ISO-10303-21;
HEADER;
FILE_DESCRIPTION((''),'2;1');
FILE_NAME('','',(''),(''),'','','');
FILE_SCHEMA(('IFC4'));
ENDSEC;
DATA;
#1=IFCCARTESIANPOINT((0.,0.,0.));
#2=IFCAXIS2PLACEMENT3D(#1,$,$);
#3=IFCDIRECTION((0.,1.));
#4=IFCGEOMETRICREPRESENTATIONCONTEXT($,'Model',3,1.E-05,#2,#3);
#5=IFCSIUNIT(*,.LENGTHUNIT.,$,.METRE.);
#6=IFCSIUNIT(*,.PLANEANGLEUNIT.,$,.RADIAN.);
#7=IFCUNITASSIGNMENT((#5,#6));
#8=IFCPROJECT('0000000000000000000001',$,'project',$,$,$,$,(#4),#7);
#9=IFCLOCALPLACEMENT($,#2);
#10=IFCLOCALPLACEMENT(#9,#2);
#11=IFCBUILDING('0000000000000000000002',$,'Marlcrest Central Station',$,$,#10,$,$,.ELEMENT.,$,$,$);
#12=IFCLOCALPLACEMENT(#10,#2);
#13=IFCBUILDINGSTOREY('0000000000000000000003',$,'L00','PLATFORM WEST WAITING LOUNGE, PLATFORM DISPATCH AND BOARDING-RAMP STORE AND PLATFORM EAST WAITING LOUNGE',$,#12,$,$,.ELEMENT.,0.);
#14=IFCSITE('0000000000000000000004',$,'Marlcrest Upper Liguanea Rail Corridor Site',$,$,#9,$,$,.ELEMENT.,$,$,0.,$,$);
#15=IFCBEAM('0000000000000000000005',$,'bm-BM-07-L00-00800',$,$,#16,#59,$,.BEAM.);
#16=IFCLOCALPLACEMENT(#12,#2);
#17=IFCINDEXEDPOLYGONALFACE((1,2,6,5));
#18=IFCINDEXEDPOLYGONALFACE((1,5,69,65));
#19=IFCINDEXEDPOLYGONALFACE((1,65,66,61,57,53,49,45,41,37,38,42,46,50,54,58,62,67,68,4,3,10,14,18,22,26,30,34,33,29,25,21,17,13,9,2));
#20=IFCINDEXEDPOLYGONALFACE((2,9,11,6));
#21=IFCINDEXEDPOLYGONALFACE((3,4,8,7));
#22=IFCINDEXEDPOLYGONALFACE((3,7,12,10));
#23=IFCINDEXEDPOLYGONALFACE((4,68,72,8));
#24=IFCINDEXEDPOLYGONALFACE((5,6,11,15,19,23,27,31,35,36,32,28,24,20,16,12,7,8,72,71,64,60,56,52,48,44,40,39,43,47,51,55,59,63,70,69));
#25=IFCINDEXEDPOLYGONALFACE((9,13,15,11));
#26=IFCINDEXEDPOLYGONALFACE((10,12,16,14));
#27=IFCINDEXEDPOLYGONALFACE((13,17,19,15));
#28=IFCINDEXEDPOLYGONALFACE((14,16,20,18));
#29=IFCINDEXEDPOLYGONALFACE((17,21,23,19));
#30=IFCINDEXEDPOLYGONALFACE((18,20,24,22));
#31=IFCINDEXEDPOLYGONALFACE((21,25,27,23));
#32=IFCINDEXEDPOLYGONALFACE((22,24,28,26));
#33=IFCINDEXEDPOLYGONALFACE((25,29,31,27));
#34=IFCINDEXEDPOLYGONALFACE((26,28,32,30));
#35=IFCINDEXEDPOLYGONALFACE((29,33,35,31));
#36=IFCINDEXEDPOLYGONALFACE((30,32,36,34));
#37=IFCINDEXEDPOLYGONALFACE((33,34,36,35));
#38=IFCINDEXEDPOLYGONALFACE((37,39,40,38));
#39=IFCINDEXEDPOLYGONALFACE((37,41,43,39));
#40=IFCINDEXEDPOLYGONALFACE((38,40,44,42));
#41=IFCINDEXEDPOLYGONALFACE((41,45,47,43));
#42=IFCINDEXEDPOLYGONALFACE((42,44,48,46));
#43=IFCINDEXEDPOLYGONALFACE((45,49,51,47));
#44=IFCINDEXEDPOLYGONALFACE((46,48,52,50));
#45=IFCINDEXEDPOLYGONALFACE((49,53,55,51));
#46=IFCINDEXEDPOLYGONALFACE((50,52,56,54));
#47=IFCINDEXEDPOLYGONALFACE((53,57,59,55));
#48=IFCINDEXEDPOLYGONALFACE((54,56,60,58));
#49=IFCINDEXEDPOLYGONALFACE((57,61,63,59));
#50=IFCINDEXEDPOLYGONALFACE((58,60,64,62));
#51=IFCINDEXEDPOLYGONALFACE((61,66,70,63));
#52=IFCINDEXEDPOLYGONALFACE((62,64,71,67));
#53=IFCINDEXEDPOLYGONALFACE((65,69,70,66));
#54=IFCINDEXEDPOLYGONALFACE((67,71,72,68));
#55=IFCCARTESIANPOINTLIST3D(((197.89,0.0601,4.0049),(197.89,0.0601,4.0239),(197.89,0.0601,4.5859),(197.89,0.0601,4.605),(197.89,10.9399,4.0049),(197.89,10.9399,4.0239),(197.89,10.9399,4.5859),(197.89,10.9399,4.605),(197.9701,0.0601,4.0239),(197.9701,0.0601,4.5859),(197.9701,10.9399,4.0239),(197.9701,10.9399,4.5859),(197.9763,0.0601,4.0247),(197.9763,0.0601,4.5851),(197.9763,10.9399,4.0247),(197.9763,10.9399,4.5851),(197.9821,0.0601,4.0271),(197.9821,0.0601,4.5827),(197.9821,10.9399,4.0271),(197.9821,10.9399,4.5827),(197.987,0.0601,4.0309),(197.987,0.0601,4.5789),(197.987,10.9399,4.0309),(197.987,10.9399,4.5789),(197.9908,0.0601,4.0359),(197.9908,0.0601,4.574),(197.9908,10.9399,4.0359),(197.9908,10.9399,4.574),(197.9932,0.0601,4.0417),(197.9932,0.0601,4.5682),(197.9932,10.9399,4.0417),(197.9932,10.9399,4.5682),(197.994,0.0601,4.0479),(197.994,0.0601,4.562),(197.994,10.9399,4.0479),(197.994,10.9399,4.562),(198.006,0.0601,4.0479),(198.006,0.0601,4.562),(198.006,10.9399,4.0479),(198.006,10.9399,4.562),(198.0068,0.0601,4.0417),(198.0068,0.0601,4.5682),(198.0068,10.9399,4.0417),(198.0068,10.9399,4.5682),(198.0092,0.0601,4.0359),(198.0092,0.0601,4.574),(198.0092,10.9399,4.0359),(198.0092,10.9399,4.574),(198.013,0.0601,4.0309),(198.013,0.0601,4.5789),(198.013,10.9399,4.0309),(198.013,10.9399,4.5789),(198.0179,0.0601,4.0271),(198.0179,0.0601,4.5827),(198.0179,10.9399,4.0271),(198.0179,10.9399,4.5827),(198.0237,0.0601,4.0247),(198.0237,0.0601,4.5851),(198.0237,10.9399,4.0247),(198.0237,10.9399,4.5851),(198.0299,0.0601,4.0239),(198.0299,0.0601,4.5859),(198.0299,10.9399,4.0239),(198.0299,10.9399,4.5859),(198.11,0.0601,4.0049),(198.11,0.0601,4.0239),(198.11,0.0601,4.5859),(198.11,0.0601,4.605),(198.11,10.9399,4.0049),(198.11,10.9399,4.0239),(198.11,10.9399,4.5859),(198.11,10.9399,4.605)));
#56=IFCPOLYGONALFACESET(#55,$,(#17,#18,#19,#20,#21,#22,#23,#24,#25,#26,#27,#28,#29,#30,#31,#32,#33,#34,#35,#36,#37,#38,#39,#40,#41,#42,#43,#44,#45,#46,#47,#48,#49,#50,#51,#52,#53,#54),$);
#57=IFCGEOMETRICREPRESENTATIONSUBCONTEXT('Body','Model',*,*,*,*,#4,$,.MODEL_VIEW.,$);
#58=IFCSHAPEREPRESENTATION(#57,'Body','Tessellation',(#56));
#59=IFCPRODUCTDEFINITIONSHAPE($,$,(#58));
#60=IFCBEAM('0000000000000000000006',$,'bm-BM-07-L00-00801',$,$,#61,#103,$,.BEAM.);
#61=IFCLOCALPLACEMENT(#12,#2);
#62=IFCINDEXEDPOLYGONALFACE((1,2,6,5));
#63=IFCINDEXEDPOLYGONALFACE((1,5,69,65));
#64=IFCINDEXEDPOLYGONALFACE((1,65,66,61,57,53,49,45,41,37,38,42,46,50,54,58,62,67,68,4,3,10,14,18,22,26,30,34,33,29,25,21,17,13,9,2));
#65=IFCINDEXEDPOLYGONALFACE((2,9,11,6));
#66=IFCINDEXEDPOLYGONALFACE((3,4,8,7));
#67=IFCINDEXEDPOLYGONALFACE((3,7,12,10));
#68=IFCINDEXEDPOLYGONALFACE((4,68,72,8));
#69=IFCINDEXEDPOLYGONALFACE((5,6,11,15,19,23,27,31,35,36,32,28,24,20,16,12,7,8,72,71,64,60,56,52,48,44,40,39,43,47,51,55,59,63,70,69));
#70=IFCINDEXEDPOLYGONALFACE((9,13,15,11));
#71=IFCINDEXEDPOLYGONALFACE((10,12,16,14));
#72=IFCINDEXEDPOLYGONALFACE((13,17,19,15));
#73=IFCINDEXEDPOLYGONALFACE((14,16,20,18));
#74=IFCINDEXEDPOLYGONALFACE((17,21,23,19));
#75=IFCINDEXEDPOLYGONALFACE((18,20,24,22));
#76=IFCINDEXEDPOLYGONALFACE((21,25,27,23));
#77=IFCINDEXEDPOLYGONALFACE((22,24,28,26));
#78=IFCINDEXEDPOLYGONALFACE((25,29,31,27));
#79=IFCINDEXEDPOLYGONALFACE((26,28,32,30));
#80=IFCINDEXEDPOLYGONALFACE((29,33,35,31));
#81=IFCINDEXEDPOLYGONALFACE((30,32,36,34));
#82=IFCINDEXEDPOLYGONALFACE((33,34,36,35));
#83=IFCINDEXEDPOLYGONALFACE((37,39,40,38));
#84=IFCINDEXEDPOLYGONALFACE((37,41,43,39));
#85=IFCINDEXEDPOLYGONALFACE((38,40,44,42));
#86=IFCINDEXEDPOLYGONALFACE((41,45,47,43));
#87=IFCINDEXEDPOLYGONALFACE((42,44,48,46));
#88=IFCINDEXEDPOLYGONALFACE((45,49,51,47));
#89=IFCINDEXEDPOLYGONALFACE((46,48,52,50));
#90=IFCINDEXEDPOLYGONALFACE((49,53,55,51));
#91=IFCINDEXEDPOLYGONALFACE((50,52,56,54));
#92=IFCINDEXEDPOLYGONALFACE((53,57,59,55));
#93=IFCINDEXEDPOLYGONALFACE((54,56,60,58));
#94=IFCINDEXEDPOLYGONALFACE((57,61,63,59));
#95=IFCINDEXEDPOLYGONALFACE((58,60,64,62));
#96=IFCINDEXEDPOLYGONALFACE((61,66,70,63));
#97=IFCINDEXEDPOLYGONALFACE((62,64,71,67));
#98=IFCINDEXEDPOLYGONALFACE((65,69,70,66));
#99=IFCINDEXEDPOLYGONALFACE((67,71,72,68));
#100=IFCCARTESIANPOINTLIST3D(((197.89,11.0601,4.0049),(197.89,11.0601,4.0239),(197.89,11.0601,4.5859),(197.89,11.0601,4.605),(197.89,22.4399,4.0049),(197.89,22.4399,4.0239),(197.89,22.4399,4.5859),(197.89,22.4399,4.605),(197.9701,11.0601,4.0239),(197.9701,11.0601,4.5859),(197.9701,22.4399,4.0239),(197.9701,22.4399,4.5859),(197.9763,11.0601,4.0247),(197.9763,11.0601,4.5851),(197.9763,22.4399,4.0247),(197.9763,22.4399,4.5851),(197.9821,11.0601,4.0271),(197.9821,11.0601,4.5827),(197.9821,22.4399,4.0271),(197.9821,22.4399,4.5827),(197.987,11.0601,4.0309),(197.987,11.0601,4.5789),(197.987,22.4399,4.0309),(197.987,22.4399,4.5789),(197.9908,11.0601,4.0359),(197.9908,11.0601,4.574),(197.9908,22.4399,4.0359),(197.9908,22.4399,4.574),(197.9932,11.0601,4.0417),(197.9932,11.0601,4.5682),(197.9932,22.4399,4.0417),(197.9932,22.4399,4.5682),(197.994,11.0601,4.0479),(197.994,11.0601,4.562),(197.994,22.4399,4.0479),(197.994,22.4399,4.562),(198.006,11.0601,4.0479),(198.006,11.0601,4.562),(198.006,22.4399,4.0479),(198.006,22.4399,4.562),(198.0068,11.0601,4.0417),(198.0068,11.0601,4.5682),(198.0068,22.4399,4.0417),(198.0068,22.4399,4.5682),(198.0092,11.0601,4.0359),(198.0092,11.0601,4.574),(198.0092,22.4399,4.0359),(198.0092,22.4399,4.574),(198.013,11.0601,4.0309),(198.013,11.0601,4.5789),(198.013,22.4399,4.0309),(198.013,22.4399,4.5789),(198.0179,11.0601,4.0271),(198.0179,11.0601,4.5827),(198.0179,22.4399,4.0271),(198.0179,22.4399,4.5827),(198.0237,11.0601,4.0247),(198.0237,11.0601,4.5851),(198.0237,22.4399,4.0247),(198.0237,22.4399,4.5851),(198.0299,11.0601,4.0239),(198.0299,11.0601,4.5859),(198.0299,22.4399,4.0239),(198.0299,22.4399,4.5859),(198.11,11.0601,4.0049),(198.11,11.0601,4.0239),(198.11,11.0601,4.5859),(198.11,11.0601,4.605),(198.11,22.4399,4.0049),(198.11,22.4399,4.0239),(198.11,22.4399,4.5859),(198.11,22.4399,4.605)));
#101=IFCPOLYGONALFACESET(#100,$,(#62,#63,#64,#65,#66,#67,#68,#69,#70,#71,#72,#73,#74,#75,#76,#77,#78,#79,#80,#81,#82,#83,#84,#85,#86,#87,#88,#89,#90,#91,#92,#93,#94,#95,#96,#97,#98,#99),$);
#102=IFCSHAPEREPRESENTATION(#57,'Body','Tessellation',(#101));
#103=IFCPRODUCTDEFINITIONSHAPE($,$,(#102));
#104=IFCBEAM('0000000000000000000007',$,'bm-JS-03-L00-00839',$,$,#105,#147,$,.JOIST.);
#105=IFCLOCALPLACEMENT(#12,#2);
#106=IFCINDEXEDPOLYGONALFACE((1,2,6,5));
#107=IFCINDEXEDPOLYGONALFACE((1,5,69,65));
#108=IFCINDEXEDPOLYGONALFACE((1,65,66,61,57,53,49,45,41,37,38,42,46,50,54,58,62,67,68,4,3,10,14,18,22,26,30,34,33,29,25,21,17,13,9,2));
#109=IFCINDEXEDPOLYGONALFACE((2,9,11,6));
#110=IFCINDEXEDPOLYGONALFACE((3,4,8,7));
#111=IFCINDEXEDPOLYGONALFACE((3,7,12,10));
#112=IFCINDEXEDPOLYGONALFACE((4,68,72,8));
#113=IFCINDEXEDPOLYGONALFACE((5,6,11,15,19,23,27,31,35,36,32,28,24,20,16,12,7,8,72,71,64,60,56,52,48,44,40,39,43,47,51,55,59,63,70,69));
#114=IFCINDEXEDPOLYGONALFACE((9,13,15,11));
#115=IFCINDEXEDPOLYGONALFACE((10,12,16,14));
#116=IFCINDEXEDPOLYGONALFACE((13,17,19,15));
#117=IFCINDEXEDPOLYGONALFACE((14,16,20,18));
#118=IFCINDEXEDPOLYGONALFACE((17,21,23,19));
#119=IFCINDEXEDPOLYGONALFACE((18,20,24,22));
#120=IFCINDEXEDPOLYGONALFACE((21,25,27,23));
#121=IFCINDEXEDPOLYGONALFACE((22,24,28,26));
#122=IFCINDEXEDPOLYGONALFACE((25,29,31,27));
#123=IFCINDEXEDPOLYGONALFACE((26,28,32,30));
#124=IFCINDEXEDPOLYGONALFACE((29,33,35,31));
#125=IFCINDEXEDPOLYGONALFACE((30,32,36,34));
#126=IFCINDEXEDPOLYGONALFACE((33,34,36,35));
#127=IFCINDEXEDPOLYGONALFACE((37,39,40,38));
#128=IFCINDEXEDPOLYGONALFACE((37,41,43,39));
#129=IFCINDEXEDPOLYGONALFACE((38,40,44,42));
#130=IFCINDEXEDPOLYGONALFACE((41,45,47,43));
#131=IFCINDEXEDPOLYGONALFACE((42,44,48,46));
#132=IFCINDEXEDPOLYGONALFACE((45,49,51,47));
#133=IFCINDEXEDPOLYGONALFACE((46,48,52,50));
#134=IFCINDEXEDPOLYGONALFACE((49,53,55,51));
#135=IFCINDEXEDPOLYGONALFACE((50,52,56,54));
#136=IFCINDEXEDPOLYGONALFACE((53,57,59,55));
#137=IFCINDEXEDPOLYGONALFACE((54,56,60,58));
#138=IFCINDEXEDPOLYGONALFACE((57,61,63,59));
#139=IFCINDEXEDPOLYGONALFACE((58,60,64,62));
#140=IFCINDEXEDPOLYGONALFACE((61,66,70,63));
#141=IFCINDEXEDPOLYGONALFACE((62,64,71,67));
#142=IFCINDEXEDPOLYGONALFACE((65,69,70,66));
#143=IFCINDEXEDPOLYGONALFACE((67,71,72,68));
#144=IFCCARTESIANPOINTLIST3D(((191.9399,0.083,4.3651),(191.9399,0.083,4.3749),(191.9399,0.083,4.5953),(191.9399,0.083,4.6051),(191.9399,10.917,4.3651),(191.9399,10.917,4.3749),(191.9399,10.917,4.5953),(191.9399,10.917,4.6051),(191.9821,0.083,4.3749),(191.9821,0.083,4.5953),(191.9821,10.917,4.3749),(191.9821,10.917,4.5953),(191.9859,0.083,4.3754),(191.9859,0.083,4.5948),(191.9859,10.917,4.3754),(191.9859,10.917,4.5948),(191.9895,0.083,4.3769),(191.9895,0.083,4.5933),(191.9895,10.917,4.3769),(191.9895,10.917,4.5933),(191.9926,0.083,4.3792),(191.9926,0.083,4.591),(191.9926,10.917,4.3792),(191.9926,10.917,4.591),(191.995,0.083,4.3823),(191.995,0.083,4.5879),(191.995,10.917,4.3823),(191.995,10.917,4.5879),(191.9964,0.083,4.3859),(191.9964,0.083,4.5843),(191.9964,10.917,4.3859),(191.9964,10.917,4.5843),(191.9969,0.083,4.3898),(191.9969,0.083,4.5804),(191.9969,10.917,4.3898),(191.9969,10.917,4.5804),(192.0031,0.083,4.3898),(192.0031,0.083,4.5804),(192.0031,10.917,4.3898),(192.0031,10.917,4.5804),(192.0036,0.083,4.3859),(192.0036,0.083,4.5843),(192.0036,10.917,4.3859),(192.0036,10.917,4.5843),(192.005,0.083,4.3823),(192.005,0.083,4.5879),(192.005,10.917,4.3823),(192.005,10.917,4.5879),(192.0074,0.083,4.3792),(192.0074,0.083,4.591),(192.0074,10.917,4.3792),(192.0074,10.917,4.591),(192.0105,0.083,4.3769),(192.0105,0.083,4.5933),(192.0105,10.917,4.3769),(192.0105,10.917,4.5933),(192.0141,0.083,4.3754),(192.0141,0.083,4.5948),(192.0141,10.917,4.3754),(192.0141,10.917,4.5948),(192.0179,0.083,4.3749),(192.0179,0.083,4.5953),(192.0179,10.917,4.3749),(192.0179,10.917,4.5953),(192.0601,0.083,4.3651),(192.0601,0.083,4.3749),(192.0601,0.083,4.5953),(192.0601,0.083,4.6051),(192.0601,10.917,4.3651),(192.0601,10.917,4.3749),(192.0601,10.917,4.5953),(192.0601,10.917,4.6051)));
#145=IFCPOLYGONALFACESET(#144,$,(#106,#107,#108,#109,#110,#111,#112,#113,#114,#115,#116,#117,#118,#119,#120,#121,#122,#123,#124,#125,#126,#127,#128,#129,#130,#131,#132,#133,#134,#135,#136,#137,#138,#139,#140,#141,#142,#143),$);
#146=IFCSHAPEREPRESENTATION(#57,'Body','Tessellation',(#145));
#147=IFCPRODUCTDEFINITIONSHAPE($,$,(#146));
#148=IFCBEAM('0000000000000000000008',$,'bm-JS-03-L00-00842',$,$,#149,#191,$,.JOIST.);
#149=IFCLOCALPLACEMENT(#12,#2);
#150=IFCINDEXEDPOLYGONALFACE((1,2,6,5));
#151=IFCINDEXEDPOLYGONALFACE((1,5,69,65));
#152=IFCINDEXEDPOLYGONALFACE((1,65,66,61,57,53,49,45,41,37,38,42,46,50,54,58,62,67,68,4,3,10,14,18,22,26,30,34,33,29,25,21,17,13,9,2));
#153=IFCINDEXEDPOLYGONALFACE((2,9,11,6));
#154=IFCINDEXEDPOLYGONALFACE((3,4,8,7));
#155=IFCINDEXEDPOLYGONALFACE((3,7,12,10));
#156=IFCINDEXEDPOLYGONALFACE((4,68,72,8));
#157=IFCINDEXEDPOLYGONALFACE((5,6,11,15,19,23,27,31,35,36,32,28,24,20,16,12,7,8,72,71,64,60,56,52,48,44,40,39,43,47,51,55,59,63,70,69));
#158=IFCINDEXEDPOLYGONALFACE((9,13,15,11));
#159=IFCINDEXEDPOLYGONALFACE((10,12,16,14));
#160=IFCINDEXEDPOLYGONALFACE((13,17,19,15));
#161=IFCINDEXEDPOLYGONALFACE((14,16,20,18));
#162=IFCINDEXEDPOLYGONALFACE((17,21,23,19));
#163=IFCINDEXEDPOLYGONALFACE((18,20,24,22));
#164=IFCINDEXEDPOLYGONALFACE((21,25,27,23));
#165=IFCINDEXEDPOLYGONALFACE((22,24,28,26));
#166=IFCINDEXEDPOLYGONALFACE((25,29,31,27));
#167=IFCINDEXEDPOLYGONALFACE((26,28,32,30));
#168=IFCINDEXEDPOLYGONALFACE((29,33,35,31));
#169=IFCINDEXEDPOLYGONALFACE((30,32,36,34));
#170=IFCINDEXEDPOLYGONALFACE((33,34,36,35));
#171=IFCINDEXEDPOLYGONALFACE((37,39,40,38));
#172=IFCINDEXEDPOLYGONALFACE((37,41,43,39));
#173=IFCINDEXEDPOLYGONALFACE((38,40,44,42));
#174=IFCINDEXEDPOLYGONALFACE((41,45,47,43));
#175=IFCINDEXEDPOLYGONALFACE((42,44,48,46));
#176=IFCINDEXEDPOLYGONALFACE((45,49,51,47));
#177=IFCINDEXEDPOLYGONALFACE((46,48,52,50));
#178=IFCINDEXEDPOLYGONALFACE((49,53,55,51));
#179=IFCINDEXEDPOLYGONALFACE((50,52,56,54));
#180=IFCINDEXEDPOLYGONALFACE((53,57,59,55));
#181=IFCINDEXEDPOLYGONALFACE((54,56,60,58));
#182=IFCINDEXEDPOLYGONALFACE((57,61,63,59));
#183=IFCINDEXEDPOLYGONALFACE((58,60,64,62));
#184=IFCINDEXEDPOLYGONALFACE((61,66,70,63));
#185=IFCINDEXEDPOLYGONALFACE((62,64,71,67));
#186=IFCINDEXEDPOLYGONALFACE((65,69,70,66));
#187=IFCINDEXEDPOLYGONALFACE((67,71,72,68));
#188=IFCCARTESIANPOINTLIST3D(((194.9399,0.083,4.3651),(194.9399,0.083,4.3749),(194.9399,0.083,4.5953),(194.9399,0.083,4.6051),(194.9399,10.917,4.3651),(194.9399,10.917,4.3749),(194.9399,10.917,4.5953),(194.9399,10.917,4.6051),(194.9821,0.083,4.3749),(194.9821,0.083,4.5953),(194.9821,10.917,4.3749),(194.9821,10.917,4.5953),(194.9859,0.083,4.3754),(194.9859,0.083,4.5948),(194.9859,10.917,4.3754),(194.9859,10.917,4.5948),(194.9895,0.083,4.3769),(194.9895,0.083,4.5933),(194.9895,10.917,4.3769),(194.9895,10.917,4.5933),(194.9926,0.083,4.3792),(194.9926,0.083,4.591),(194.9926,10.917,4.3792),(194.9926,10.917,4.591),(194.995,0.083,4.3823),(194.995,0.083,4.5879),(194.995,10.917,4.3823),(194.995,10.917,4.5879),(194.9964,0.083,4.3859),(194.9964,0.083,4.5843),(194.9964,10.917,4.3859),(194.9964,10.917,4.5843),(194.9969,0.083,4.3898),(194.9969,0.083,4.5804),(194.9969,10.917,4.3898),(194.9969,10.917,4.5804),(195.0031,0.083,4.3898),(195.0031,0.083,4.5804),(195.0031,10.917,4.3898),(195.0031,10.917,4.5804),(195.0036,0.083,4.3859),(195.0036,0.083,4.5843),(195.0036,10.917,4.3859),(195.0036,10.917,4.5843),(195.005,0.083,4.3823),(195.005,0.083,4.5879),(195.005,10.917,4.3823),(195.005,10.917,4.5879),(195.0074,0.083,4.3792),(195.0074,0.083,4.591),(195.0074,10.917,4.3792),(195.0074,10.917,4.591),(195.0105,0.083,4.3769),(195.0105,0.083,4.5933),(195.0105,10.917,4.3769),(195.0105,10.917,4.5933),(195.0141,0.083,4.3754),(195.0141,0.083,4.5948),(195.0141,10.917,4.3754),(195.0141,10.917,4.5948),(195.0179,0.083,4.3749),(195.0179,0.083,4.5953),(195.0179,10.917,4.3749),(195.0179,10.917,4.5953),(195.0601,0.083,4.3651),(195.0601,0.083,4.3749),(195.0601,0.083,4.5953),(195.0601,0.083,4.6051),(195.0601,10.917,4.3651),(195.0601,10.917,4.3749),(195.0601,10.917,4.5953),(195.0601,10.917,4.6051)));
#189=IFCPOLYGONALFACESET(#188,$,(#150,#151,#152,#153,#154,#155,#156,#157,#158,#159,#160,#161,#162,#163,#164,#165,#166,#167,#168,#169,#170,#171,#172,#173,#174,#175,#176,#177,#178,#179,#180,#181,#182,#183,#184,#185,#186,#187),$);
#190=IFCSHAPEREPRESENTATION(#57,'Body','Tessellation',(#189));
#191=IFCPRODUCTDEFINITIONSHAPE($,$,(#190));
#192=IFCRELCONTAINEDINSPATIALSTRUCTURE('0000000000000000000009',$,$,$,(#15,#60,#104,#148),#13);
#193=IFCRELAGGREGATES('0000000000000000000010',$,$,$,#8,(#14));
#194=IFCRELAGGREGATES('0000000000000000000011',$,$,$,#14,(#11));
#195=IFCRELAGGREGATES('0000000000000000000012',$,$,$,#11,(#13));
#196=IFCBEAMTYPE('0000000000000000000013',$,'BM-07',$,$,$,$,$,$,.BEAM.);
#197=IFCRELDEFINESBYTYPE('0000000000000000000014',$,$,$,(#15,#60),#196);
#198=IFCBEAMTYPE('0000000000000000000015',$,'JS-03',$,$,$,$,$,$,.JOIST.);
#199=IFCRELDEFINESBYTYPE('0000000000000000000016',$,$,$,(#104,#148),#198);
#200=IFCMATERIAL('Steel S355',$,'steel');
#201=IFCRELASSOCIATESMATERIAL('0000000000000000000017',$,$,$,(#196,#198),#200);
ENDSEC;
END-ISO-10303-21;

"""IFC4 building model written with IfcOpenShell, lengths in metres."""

from ifc_helpers import new_model, si_unit, direction, frame, origin, origin_2d, place, context, subcontext, project, spatial, i_section, extrude, material, material_profile, profile_set, type_object, element, save


model = new_model("IFC4")

# Units and contexts
model_context = context("Model", 3, precision=1e-05, world=origin(), true_north=direction((0.0, 1.0)))
body_context = subcontext(model_context, "Body", "Model", "MODEL_VIEW")
ifc_project = project(units=[si_unit("LENGTHUNIT", "METRE"), si_unit("PLANEANGLEUNIT", "RADIAN")], contexts=[model_context])

# Site, building, storey
site_placement = place(None, origin())
site = spatial("IfcSite", under=ifc_project, at=site_placement, Name="Marlcrest Upper Liguanea Rail Corridor Site", CompositionType="ELEMENT", RefElevation=0.0)
building_placement = place(site_placement, origin())
building = spatial("IfcBuilding", under=site, at=building_placement, Name="Marlcrest Central Station", CompositionType="ELEMENT")
storey_placement = place(building_placement, origin())
storey = spatial("IfcBuildingStorey", under=building, at=storey_placement, Name="L00", Description="PLATFORM WEST WAITING LOUNGE, PLATFORM DISPATCH AND BOARDING-RAMP STORE AND PLATFORM EAST WAITING LOUNGE", CompositionType="ELEMENT", Elevation=0.0)

# Beams
ifc_material_1 = material(Name="Steel S355", Category="steel")
ifc_material_profile_1 = material_profile(ifc_material_1, i_section(OverallWidth=0.22, OverallDepth=0.6001, WebThickness=0.012, FlangeThickness=0.019, FilletRadius=0.0239, at=origin_2d()), Name="IPE 600")
ifc_profile_set_1 = profile_set([ifc_material_profile_1], Name="Steel S355")
beam_type_1 = type_object("IfcBeamType", Name="BM-07", PredefinedType="BEAM", material=ifc_profile_set_1)
beam_1_placement = place(storey_placement, frame((198.0, 0.0601, 4.3049), z_axis=(0.0, 1.0, 0.0), x_axis=(-1.0, 0.0, 0.0)))
element("IfcBeam", 1, at=beam_1_placement, inside=storey, type_object=beam_type_1, Name="bm-BM-07-L00-00800", PredefinedType="BEAM", context=body_context, shape_type="SweptSolid", body=[
    extrude(i_section(OverallWidth=0.22, OverallDepth=0.6001, WebThickness=0.012, FlangeThickness=0.019, FilletRadius=0.0239, at=origin_2d()), origin(), (0.0, 0.0, 1.0), 10.8799),
])
beam_2_placement = place(storey_placement, frame((198.0, 11.0601, 4.3049), z_axis=(0.0, 1.0, 0.0), x_axis=(-1.0, 0.0, 0.0)))
element("IfcBeam", 2, at=beam_2_placement, inside=storey, type_object=beam_type_1, Name="bm-BM-07-L00-00801", PredefinedType="BEAM", context=body_context, shape_type="SweptSolid", body=[
    extrude(i_section(OverallWidth=0.22, OverallDepth=0.6001, WebThickness=0.012, FlangeThickness=0.019, FilletRadius=0.0239, at=origin_2d()), origin(), (0.0, 0.0, 1.0), 11.3799),
])
ifc_material_profile_2 = material_profile(ifc_material_1, i_section(OverallWidth=0.1201, OverallDepth=0.24, WebThickness=0.0061, FlangeThickness=0.0098, FilletRadius=0.0149, at=origin_2d()), Name="IPE 240")
ifc_profile_set_2 = profile_set([ifc_material_profile_2], Name="Steel S355")
beam_type_2 = type_object("IfcBeamType", Name="JS-03", PredefinedType="JOIST", material=ifc_profile_set_2)
for number, where, z_axis, x_axis, name in (
    (3, (192.0, 0.083, 4.4851), (0.0, 1.0, 0.0), (-1.0, 0.0, 0.0), "bm-JS-03-L00-00839"),
    (4, (195.0, 0.083, 4.4851), (0.0, 1.0, 0.0), (-1.0, 0.0, 0.0), "bm-JS-03-L00-00842"),
):
    element("IfcBeam", number, at=place(storey_placement, frame(where, z_axis=z_axis, x_axis=x_axis)), inside=storey, type_object=beam_type_2, Name=name, PredefinedType="JOIST", context=body_context, shape_type="SweptSolid", body=[
        extrude(i_section(OverallWidth=0.1201, OverallDepth=0.24, WebThickness=0.0061, FlangeThickness=0.0098, FilletRadius=0.0149, at=origin_2d()), origin(), (0.0, 0.0, 1.0), 10.834),
    ])

save(model, "model.ifc")
